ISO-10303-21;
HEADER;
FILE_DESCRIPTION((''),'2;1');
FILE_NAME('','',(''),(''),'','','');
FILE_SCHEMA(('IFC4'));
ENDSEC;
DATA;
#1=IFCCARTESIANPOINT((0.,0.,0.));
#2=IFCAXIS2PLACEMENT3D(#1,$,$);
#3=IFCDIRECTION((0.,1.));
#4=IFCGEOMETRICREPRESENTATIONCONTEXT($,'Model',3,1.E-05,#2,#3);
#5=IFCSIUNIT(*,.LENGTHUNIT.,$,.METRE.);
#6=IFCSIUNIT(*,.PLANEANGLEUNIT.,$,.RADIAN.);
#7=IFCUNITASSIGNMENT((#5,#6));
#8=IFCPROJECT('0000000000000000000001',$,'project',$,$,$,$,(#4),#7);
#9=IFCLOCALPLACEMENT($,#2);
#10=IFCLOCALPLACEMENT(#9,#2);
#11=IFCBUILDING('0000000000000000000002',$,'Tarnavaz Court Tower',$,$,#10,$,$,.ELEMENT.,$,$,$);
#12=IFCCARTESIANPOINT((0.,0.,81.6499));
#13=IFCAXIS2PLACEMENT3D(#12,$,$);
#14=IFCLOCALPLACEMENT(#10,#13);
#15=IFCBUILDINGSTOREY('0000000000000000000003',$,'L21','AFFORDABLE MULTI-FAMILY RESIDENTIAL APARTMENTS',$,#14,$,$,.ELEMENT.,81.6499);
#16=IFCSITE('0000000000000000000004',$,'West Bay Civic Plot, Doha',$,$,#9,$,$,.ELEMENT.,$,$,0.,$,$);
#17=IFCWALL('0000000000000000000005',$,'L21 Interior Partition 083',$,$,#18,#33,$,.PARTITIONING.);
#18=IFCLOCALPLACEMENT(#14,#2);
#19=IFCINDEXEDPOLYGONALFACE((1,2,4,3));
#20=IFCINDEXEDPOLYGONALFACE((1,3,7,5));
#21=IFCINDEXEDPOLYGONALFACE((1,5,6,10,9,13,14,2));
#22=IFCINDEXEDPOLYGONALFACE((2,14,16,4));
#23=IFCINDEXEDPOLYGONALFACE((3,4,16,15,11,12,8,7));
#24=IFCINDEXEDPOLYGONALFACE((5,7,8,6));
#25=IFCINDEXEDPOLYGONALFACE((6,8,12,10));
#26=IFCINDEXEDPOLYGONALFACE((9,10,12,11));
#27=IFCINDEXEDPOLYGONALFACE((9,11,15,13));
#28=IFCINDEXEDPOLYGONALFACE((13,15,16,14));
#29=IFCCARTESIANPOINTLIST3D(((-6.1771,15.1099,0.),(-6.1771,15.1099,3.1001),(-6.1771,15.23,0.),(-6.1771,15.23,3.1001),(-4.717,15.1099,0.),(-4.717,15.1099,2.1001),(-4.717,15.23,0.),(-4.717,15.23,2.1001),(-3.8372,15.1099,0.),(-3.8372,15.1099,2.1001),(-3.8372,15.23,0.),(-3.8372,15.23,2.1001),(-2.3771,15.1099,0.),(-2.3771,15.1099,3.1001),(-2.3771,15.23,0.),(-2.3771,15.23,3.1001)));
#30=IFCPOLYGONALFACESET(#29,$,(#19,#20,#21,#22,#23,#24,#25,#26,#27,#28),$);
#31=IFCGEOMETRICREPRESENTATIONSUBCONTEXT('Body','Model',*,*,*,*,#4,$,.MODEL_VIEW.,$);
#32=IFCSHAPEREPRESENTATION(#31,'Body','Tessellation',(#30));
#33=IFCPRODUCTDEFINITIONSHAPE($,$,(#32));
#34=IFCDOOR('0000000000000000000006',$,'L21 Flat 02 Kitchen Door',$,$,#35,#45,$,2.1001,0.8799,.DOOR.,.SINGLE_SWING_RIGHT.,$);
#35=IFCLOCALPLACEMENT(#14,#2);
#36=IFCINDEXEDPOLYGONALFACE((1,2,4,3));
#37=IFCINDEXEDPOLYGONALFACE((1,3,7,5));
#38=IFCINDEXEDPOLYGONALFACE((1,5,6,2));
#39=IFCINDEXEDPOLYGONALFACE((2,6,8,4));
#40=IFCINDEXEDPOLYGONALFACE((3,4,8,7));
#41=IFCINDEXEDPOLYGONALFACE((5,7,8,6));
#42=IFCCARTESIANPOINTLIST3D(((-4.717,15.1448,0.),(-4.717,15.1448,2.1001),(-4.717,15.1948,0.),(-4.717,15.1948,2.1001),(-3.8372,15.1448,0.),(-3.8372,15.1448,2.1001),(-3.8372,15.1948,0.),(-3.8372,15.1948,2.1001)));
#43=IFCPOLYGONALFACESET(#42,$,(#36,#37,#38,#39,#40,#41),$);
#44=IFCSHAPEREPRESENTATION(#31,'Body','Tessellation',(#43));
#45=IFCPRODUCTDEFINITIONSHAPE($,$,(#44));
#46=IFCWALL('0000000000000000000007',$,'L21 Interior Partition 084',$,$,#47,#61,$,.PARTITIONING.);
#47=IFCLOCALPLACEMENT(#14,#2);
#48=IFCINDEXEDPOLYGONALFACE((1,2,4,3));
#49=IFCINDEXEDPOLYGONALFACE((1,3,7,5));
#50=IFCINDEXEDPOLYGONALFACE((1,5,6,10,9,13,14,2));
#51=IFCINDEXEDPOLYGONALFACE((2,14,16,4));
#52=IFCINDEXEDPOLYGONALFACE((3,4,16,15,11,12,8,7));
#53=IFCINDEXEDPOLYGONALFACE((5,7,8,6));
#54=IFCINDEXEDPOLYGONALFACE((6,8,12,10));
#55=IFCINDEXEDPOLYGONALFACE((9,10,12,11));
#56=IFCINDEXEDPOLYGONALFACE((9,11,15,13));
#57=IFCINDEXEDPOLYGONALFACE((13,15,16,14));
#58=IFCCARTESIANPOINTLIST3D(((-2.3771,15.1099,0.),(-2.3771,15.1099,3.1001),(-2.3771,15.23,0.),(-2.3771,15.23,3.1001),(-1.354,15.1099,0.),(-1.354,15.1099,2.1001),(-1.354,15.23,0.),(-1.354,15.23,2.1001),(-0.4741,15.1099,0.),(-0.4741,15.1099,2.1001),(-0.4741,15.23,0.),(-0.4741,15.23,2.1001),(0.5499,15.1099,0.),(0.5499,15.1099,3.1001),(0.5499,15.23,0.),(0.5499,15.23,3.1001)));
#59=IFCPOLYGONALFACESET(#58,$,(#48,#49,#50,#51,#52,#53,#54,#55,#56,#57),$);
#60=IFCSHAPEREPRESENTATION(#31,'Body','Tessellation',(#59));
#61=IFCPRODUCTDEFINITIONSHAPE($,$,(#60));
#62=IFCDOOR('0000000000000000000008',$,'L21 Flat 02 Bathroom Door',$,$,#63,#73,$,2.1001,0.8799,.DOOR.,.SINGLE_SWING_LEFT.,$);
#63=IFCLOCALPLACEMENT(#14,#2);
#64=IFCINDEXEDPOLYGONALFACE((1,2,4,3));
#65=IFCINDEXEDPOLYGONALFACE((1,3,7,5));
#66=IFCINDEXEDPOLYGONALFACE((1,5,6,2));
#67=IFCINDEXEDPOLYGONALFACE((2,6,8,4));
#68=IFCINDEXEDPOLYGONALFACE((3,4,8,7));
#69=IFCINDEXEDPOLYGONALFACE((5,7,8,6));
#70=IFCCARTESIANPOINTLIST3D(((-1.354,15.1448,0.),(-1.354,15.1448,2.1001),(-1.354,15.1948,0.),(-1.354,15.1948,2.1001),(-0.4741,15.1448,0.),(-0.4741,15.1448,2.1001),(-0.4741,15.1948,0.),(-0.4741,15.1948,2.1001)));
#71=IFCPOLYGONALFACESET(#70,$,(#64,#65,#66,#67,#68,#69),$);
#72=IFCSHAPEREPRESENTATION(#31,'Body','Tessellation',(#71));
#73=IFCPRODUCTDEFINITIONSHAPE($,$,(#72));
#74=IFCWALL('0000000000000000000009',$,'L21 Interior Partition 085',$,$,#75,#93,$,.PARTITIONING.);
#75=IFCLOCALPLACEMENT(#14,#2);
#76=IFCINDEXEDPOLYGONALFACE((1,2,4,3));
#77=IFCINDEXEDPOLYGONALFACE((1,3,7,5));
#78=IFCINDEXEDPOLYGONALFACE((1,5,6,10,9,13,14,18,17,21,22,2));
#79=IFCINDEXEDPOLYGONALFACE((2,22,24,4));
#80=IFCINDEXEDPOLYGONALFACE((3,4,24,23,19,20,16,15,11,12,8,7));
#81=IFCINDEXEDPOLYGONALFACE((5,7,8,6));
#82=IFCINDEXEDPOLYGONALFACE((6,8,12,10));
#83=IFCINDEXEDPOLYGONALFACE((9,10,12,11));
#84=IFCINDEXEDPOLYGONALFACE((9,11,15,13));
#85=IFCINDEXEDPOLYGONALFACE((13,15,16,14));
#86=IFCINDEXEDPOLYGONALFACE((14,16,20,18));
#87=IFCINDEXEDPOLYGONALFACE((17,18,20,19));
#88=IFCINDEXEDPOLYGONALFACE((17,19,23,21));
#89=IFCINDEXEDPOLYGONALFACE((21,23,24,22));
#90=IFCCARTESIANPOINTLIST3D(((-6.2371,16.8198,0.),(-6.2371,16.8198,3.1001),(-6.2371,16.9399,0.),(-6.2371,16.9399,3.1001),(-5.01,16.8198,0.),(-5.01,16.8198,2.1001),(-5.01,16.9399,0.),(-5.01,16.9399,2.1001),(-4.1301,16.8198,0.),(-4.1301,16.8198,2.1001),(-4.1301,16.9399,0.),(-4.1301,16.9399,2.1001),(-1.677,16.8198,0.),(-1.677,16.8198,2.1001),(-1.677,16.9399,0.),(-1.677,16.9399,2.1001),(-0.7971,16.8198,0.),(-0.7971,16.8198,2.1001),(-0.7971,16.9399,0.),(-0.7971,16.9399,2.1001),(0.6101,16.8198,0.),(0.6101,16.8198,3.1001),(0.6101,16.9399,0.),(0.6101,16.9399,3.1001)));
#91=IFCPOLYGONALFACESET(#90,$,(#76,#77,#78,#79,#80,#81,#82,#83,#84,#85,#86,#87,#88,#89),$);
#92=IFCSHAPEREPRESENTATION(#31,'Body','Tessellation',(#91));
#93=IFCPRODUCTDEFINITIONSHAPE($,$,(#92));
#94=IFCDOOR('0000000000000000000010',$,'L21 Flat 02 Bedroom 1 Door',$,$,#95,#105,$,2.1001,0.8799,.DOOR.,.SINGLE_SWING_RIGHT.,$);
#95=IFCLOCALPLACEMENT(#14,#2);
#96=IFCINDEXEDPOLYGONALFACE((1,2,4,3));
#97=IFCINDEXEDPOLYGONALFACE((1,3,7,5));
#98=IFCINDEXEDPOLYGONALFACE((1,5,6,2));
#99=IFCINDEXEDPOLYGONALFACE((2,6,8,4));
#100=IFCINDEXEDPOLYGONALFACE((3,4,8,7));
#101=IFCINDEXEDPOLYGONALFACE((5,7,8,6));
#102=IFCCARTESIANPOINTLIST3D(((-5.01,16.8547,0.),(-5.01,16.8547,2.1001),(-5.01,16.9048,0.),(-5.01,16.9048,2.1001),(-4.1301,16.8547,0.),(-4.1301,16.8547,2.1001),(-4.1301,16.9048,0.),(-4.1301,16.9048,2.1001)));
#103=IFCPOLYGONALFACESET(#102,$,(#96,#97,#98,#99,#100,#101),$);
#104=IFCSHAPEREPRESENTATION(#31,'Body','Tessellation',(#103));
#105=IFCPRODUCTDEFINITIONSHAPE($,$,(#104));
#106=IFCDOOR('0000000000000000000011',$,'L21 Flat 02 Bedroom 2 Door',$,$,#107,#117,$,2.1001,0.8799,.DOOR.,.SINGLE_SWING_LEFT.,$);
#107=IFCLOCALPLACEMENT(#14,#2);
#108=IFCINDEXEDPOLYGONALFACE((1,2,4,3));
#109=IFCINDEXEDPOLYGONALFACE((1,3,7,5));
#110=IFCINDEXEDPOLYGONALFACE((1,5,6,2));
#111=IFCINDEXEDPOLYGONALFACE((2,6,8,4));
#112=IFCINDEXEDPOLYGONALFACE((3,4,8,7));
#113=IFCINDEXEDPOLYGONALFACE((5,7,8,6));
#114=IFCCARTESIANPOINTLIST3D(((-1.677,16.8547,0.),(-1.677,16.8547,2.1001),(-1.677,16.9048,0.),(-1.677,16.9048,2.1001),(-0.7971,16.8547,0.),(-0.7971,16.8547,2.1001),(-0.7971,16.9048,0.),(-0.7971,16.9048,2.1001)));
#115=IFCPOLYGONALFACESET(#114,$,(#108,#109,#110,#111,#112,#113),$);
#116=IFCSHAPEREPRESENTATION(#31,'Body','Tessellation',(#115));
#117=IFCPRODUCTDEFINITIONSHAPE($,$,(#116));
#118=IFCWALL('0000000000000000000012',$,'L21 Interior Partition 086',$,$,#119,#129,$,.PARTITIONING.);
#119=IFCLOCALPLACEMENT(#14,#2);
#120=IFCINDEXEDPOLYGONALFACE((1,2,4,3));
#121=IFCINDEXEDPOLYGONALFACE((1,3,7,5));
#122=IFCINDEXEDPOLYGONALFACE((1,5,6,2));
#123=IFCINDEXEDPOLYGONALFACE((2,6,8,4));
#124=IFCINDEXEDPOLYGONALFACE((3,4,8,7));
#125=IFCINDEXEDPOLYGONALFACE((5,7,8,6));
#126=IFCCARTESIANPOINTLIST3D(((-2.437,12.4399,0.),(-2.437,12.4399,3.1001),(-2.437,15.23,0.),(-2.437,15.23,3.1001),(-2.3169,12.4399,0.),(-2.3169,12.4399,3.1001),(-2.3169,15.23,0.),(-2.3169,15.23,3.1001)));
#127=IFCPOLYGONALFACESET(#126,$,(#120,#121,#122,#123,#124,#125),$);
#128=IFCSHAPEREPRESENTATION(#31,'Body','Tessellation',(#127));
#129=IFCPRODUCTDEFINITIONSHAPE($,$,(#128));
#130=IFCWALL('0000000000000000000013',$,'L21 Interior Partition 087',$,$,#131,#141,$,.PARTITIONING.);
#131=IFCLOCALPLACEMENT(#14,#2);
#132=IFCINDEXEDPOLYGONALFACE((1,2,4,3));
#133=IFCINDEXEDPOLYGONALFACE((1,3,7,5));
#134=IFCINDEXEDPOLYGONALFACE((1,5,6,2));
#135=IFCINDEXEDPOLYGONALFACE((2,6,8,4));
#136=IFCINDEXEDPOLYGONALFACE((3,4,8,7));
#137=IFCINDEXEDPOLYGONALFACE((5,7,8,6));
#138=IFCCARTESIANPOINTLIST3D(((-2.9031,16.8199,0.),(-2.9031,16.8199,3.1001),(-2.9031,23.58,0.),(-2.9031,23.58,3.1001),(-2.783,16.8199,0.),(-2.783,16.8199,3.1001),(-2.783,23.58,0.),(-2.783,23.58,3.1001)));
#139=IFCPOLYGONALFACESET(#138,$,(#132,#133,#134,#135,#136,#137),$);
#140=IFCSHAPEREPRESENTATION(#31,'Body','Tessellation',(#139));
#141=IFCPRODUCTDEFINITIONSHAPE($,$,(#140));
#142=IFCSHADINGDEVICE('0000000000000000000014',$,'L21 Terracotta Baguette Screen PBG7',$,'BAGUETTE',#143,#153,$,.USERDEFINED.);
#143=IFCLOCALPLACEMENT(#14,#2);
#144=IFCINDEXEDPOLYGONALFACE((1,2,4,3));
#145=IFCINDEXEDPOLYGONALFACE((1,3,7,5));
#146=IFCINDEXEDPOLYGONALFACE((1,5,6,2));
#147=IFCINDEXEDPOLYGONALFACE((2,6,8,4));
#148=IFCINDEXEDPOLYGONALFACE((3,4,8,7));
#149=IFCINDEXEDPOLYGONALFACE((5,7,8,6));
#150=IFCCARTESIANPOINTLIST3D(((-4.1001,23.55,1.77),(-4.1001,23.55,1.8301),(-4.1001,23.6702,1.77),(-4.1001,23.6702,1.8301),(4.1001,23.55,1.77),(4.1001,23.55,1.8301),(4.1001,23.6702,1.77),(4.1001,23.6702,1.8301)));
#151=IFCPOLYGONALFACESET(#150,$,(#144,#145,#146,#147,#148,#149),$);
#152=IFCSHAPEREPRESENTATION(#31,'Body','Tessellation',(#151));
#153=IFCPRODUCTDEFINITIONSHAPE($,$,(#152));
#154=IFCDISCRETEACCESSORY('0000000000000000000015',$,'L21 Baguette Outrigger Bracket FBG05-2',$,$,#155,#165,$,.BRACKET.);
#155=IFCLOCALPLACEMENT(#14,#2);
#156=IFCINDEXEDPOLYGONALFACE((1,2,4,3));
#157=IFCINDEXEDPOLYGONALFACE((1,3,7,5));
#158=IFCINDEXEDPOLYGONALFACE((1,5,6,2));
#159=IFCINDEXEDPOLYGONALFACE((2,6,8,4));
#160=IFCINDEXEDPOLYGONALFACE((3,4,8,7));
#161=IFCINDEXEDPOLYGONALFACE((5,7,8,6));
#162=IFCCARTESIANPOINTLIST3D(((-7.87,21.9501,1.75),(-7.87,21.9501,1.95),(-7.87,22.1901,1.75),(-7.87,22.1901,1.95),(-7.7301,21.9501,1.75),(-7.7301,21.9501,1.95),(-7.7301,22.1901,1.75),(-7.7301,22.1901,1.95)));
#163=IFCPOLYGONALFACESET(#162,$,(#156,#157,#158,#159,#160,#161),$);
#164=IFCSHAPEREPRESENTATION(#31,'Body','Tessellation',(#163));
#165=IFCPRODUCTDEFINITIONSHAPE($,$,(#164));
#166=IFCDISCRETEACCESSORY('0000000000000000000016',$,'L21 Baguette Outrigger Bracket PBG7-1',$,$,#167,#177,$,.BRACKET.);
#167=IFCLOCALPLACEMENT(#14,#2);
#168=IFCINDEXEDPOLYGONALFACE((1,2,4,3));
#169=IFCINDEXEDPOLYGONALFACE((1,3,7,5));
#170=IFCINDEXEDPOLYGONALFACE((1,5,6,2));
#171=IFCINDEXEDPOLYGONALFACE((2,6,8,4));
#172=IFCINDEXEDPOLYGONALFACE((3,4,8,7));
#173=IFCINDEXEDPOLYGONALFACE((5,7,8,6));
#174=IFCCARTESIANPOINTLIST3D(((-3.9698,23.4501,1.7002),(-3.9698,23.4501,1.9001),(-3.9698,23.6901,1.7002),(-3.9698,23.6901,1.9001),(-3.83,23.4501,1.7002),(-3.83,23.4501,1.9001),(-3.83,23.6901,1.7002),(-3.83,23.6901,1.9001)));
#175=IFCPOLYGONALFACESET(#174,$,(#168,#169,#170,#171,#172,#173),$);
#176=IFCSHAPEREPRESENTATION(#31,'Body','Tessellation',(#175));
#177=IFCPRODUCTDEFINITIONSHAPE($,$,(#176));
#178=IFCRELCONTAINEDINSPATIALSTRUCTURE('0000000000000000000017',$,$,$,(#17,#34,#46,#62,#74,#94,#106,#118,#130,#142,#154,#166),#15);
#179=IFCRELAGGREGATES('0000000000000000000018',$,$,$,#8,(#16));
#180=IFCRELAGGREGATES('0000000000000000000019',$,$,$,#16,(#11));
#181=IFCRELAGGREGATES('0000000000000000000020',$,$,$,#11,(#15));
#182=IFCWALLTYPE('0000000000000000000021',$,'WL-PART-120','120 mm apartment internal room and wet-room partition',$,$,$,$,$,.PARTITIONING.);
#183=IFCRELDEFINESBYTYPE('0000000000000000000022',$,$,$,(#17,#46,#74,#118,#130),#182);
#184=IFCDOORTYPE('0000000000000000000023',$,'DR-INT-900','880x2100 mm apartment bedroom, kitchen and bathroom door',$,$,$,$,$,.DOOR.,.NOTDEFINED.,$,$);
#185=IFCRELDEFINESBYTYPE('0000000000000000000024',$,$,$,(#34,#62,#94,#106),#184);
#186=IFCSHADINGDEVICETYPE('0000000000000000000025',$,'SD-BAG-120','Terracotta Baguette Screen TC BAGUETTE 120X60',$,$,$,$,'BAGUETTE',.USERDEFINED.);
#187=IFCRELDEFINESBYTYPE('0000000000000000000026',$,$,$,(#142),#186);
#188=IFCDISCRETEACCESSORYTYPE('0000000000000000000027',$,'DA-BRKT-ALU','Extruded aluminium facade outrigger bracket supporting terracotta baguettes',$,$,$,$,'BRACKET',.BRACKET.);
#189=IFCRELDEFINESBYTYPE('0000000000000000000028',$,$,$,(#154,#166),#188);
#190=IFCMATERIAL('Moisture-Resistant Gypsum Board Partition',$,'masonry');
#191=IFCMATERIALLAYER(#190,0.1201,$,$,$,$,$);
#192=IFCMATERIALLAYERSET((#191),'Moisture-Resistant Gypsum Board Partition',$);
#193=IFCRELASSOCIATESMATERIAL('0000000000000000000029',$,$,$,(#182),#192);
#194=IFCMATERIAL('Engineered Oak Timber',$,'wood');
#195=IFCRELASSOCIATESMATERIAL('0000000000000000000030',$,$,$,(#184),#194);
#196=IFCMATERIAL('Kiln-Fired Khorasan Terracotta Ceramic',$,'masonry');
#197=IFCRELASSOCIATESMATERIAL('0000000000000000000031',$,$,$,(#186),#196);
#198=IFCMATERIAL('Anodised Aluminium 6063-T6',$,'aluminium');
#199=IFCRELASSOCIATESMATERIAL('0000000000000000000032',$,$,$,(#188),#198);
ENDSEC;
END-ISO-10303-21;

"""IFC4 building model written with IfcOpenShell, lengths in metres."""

from ifc_helpers import new_model, si_unit, direction, frame, frame_2d, origin, origin_2d, place, context, subcontext, project, spatial, rectangle, extrude, material, layer, layer_set, material_profile, profile_set, type_object, element, fill, save


model = new_model("IFC4")

# Units and contexts
model_context = context("Model", 3, precision=1e-05, world=origin(), true_north=direction((0.0, 1.0)))
body_context = subcontext(model_context, "Body", "Model", "MODEL_VIEW")
ifc_project = project(units=[si_unit("LENGTHUNIT", "METRE"), si_unit("PLANEANGLEUNIT", "RADIAN")], contexts=[model_context])

# Site, building, storey
site_placement = place(None, origin())
site = spatial("IfcSite", under=ifc_project, at=site_placement, Name="West Bay Civic Plot, Doha", CompositionType="ELEMENT", RefElevation=0.0)
building_placement = place(site_placement, origin())
building = spatial("IfcBuilding", under=site, at=building_placement, Name="Tarnavaz Court Tower", CompositionType="ELEMENT")
storey_placement = place(building_placement, frame((0.0, 0.0, 81.6499)))
storey = spatial("IfcBuildingStorey", under=building, at=storey_placement, Name="L21", Description="AFFORDABLE MULTI-FAMILY RESIDENTIAL APARTMENTS", CompositionType="ELEMENT", Elevation=81.6499)

# Shared definitions
ifc_material_1 = material(Name="Anodised Aluminium 6063-T6", Category="aluminium")

# Walls, openings, doors
ifc_material_2 = material(Name="Moisture-Resistant Gypsum Board Partition", Category="masonry")
ifc_layer_1 = layer(ifc_material_2, 0.1201)
ifc_layer_set_1 = layer_set([ifc_layer_1], Name="Moisture-Resistant Gypsum Board Partition")
wall_type_1 = type_object("IfcWallType", Name="WL-PART-120", Description="120 mm apartment internal room and wet-room partition", PredefinedType="PARTITIONING", material=ifc_layer_set_1)
ifc_material_3 = material(Name="Engineered Oak Timber", Category="wood")
door_type = type_object("IfcDoorType", Name="DR-INT-900", Description="880x2100 mm apartment bedroom, kitchen and bathroom door", OperationType="NOTDEFINED", PredefinedType="DOOR", material=ifc_material_3)
wall_1_placement = place(storey_placement, frame((-6.177, 15.1699, 0.0), z_axis=(0.0, 0.0, 1.0), x_axis=(1.0, 0.0, 0.0)))
wall_1 = element("IfcWall", 1, at=wall_1_placement, inside=storey, type_object=wall_type_1, Name="L21 Interior Partition 083", PredefinedType="PARTITIONING", context=body_context, shape_type="SweptSolid", body=[
    extrude(rectangle(XDim=3.8, YDim=0.1201, at=frame_2d((1.8999, 0.0))), origin(), (0.0, 0.0, 1.0), 3.1001),
])
opening_1_placement = place(wall_1_placement, frame((1.46, 0.0, 0.0)))
opening_1 = element("IfcOpeningElement", 2, at=opening_1_placement, cuts=wall_1, PredefinedType="OPENING", context=body_context, shape_type="SweptSolid", body=[
    extrude(rectangle(XDim=0.8799, YDim=2.1001, at=frame_2d((0.4399, 1.05))), frame((0.0, 0.0701, 0.0), z_axis=(0.0, -1.0, 0.0), x_axis=(1.0, 0.0, 0.0)), (0.0, 0.0, 1.0), 0.1401),
])
door_1_placement = place(opening_1_placement, origin())
door_1 = element("IfcDoor", 3, at=door_1_placement, inside=storey, type_object=door_type, Name="L21 Flat 02 Kitchen Door", OperationType="SINGLE_SWING_RIGHT", OverallHeight=2.1001, OverallWidth=0.8799, PredefinedType="DOOR", context=body_context, shape_type="SweptSolid", body=[
    extrude(rectangle(XDim=0.8799, YDim=2.1001, at=frame_2d((0.4399, 1.05))), frame((0.0, 0.0249, 0.0), z_axis=(0.0, -1.0, 0.0), x_axis=(1.0, 0.0, 0.0)), (0.0, 0.0, 1.0), 0.05),
])
fill(opening_1, door_1)
wall_2_placement = place(storey_placement, frame((-2.377, 15.1699, 0.0), z_axis=(0.0, 0.0, 1.0), x_axis=(1.0, 0.0, 0.0)))
wall_2 = element("IfcWall", 4, at=wall_2_placement, inside=storey, type_object=wall_type_1, Name="L21 Interior Partition 084", PredefinedType="PARTITIONING", context=body_context, shape_type="SweptSolid", body=[
    extrude(rectangle(XDim=2.927, YDim=0.1201, at=frame_2d((1.4634, 0.0))), origin(), (0.0, 0.0, 1.0), 3.1001),
])
opening_2_placement = place(wall_2_placement, frame((1.0229, 0.0, 0.0)))
opening_2 = element("IfcOpeningElement", 5, at=opening_2_placement, cuts=wall_2, PredefinedType="OPENING", context=body_context, shape_type="SweptSolid", body=[
    extrude(rectangle(XDim=0.8799, YDim=2.1001, at=frame_2d((0.4399, 1.05))), frame((0.0, 0.0701, 0.0), z_axis=(0.0, -1.0, 0.0), x_axis=(1.0, 0.0, 0.0)), (0.0, 0.0, 1.0), 0.1401),
])
door_2_placement = place(opening_2_placement, origin())
door_2 = element("IfcDoor", 6, at=door_2_placement, inside=storey, type_object=door_type, Name="L21 Flat 02 Bathroom Door", OperationType="SINGLE_SWING_LEFT", OverallHeight=2.1001, OverallWidth=0.8799, PredefinedType="DOOR", context=body_context, shape_type="SweptSolid", body=[
    extrude(rectangle(XDim=0.8799, YDim=2.1001, at=frame_2d((0.4399, 1.05))), frame((0.0, 0.0249, 0.0), z_axis=(0.0, -1.0, 0.0), x_axis=(1.0, 0.0, 0.0)), (0.0, 0.0, 1.0), 0.05),
])
fill(opening_2, door_2)

# Wall, openings, doors
wall_3_placement = place(storey_placement, frame((-6.2371, 16.8799, 0.0), z_axis=(0.0, 0.0, 1.0), x_axis=(1.0, 0.0, 0.0)))
wall_3 = element("IfcWall", 7, at=wall_3_placement, inside=storey, type_object=wall_type_1, Name="L21 Interior Partition 085", PredefinedType="PARTITIONING", context=body_context, shape_type="SweptSolid", body=[
    extrude(rectangle(XDim=6.8472, YDim=0.1201, at=frame_2d((3.4236, 0.0))), origin(), (0.0, 0.0, 1.0), 3.1001),
])
opening_3_placement = place(wall_3_placement, frame((1.2271, 0.0, 0.0)))
opening_3 = element("IfcOpeningElement", 8, at=opening_3_placement, cuts=wall_3, PredefinedType="OPENING", context=body_context, shape_type="SweptSolid", body=[
    extrude(rectangle(XDim=0.8799, YDim=2.1001, at=frame_2d((0.4399, 1.05))), frame((0.0, 0.0701, 0.0), z_axis=(0.0, -1.0, 0.0), x_axis=(1.0, 0.0, 0.0)), (0.0, 0.0, 1.0), 0.1401),
])
opening_4_placement = place(wall_3_placement, frame((4.5601, 0.0, 0.0)))
opening_4 = element("IfcOpeningElement", 9, at=opening_4_placement, cuts=wall_3, PredefinedType="OPENING", context=body_context, shape_type="SweptSolid", body=[
    extrude(rectangle(XDim=0.8799, YDim=2.1001, at=frame_2d((0.4399, 1.05))), frame((0.0, 0.0701, 0.0), z_axis=(0.0, -1.0, 0.0), x_axis=(1.0, 0.0, 0.0)), (0.0, 0.0, 1.0), 0.1401),
])
door_3_placement = place(opening_3_placement, origin())
door_3 = element("IfcDoor", 10, at=door_3_placement, inside=storey, type_object=door_type, Name="L21 Flat 02 Bedroom 1 Door", OperationType="SINGLE_SWING_RIGHT", OverallHeight=2.1001, OverallWidth=0.8799, PredefinedType="DOOR", context=body_context, shape_type="SweptSolid", body=[
    extrude(rectangle(XDim=0.8799, YDim=2.1001, at=frame_2d((0.4399, 1.05))), frame((0.0, 0.0249, 0.0), z_axis=(0.0, -1.0, 0.0), x_axis=(1.0, 0.0, 0.0)), (0.0, 0.0, 1.0), 0.05),
])
fill(opening_3, door_3)
door_4_placement = place(opening_4_placement, origin())
door_4 = element("IfcDoor", 11, at=door_4_placement, inside=storey, type_object=door_type, Name="L21 Flat 02 Bedroom 2 Door", OperationType="SINGLE_SWING_LEFT", OverallHeight=2.1001, OverallWidth=0.8799, PredefinedType="DOOR", context=body_context, shape_type="SweptSolid", body=[
    extrude(rectangle(XDim=0.8799, YDim=2.1001, at=frame_2d((0.4399, 1.05))), frame((0.0, 0.0249, 0.0), z_axis=(0.0, -1.0, 0.0), x_axis=(1.0, 0.0, 0.0)), (0.0, 0.0, 1.0), 0.05),
])
fill(opening_4, door_4)

# Walls
wall_4_placement = place(storey_placement, frame((-2.377, 12.4399, 0.0), z_axis=(0.0, 0.0, 1.0), x_axis=(0.0, 1.0, 0.0)))
element("IfcWall", 12, at=wall_4_placement, inside=storey, type_object=wall_type_1, Name="L21 Interior Partition 086", PredefinedType="PARTITIONING", context=body_context, shape_type="SweptSolid", body=[
    extrude(rectangle(XDim=2.79, YDim=0.1201, at=frame_2d((1.395, 0.0))), origin(), (0.0, 0.0, 1.0), 3.1001),
])
wall_5_placement = place(storey_placement, frame((-2.843, 16.8201, 0.0), z_axis=(0.0, 0.0, 1.0), x_axis=(0.0, 1.0, 0.0)))
element("IfcWall", 13, at=wall_5_placement, inside=storey, type_object=wall_type_1, Name="L21 Interior Partition 087", PredefinedType="PARTITIONING", context=body_context, shape_type="SweptSolid", body=[
    extrude(rectangle(XDim=6.76, YDim=0.1201, at=frame_2d((3.3799, 0.0))), origin(), (0.0, 0.0, 1.0), 3.1001),
])

# Shading device
ifc_material_4 = material(Name="Kiln-Fired Khorasan Terracotta Ceramic", Category="masonry")
ifc_material_profile_1 = material_profile(ifc_material_4, rectangle(XDim=0.1201, YDim=0.0601, at=origin_2d()), Name="TC BAGUETTE 120X60")
ifc_profile_set_1 = profile_set([ifc_material_profile_1], Name="Kiln-Fired Khorasan Terracotta Ceramic")
shading_device_type = type_object("IfcShadingDeviceType", Name="SD-BAG-120", Description="Terracotta Baguette Screen TC BAGUETTE 120X60", ElementType="BAGUETTE", PredefinedType="USERDEFINED", material=ifc_profile_set_1)
shading_device_placement = place(storey_placement, frame((-4.1001, 23.6101, 1.8), z_axis=(1.0, 0.0, 0.0), x_axis=(0.0, 1.0, 0.0)))
element("IfcShadingDevice", 14, at=shading_device_placement, inside=storey, type_object=shading_device_type, Name="L21 Terracotta Baguette Screen PBG7", ObjectType="BAGUETTE", PredefinedType="USERDEFINED", context=body_context, shape_type="SweptSolid", body=[
    extrude(rectangle(XDim=0.1201, YDim=0.0601, at=origin_2d()), origin(), (0.0, 0.0, 1.0), 8.2002),
])

# Discrete accessories
discrete_accessory_type = type_object("IfcDiscreteAccessoryType", Name="DA-BRKT-ALU", Description="Extruded aluminium facade outrigger bracket supporting terracotta baguettes", ElementType="BRACKET", PredefinedType="BRACKET", material=ifc_material_1)
for number, where, z_axis, x_axis, name in (
    (15, (-7.8, 22.0701, 1.75), (0.0, 0.0, 1.0), (1.0, 0.0, 0.0), "L21 Baguette Outrigger Bracket FBG05-2"),
    (16, (-3.8999, 23.5701, 1.7002), (0.0, 0.0, 1.0), (1.0, 0.0, 0.0), "L21 Baguette Outrigger Bracket PBG7-1"),
):
    element("IfcDiscreteAccessory", number, at=place(storey_placement, frame(where, z_axis=z_axis, x_axis=x_axis)), inside=storey, type_object=discrete_accessory_type, Name=name, PredefinedType="BRACKET", context=body_context, shape_type="SweptSolid", body=[
        extrude(rectangle(XDim=0.1399, YDim=0.24, at=origin_2d()), origin(), (0.0, 0.0, 1.0), 0.2),
    ])

save(model, "model.ifc")
